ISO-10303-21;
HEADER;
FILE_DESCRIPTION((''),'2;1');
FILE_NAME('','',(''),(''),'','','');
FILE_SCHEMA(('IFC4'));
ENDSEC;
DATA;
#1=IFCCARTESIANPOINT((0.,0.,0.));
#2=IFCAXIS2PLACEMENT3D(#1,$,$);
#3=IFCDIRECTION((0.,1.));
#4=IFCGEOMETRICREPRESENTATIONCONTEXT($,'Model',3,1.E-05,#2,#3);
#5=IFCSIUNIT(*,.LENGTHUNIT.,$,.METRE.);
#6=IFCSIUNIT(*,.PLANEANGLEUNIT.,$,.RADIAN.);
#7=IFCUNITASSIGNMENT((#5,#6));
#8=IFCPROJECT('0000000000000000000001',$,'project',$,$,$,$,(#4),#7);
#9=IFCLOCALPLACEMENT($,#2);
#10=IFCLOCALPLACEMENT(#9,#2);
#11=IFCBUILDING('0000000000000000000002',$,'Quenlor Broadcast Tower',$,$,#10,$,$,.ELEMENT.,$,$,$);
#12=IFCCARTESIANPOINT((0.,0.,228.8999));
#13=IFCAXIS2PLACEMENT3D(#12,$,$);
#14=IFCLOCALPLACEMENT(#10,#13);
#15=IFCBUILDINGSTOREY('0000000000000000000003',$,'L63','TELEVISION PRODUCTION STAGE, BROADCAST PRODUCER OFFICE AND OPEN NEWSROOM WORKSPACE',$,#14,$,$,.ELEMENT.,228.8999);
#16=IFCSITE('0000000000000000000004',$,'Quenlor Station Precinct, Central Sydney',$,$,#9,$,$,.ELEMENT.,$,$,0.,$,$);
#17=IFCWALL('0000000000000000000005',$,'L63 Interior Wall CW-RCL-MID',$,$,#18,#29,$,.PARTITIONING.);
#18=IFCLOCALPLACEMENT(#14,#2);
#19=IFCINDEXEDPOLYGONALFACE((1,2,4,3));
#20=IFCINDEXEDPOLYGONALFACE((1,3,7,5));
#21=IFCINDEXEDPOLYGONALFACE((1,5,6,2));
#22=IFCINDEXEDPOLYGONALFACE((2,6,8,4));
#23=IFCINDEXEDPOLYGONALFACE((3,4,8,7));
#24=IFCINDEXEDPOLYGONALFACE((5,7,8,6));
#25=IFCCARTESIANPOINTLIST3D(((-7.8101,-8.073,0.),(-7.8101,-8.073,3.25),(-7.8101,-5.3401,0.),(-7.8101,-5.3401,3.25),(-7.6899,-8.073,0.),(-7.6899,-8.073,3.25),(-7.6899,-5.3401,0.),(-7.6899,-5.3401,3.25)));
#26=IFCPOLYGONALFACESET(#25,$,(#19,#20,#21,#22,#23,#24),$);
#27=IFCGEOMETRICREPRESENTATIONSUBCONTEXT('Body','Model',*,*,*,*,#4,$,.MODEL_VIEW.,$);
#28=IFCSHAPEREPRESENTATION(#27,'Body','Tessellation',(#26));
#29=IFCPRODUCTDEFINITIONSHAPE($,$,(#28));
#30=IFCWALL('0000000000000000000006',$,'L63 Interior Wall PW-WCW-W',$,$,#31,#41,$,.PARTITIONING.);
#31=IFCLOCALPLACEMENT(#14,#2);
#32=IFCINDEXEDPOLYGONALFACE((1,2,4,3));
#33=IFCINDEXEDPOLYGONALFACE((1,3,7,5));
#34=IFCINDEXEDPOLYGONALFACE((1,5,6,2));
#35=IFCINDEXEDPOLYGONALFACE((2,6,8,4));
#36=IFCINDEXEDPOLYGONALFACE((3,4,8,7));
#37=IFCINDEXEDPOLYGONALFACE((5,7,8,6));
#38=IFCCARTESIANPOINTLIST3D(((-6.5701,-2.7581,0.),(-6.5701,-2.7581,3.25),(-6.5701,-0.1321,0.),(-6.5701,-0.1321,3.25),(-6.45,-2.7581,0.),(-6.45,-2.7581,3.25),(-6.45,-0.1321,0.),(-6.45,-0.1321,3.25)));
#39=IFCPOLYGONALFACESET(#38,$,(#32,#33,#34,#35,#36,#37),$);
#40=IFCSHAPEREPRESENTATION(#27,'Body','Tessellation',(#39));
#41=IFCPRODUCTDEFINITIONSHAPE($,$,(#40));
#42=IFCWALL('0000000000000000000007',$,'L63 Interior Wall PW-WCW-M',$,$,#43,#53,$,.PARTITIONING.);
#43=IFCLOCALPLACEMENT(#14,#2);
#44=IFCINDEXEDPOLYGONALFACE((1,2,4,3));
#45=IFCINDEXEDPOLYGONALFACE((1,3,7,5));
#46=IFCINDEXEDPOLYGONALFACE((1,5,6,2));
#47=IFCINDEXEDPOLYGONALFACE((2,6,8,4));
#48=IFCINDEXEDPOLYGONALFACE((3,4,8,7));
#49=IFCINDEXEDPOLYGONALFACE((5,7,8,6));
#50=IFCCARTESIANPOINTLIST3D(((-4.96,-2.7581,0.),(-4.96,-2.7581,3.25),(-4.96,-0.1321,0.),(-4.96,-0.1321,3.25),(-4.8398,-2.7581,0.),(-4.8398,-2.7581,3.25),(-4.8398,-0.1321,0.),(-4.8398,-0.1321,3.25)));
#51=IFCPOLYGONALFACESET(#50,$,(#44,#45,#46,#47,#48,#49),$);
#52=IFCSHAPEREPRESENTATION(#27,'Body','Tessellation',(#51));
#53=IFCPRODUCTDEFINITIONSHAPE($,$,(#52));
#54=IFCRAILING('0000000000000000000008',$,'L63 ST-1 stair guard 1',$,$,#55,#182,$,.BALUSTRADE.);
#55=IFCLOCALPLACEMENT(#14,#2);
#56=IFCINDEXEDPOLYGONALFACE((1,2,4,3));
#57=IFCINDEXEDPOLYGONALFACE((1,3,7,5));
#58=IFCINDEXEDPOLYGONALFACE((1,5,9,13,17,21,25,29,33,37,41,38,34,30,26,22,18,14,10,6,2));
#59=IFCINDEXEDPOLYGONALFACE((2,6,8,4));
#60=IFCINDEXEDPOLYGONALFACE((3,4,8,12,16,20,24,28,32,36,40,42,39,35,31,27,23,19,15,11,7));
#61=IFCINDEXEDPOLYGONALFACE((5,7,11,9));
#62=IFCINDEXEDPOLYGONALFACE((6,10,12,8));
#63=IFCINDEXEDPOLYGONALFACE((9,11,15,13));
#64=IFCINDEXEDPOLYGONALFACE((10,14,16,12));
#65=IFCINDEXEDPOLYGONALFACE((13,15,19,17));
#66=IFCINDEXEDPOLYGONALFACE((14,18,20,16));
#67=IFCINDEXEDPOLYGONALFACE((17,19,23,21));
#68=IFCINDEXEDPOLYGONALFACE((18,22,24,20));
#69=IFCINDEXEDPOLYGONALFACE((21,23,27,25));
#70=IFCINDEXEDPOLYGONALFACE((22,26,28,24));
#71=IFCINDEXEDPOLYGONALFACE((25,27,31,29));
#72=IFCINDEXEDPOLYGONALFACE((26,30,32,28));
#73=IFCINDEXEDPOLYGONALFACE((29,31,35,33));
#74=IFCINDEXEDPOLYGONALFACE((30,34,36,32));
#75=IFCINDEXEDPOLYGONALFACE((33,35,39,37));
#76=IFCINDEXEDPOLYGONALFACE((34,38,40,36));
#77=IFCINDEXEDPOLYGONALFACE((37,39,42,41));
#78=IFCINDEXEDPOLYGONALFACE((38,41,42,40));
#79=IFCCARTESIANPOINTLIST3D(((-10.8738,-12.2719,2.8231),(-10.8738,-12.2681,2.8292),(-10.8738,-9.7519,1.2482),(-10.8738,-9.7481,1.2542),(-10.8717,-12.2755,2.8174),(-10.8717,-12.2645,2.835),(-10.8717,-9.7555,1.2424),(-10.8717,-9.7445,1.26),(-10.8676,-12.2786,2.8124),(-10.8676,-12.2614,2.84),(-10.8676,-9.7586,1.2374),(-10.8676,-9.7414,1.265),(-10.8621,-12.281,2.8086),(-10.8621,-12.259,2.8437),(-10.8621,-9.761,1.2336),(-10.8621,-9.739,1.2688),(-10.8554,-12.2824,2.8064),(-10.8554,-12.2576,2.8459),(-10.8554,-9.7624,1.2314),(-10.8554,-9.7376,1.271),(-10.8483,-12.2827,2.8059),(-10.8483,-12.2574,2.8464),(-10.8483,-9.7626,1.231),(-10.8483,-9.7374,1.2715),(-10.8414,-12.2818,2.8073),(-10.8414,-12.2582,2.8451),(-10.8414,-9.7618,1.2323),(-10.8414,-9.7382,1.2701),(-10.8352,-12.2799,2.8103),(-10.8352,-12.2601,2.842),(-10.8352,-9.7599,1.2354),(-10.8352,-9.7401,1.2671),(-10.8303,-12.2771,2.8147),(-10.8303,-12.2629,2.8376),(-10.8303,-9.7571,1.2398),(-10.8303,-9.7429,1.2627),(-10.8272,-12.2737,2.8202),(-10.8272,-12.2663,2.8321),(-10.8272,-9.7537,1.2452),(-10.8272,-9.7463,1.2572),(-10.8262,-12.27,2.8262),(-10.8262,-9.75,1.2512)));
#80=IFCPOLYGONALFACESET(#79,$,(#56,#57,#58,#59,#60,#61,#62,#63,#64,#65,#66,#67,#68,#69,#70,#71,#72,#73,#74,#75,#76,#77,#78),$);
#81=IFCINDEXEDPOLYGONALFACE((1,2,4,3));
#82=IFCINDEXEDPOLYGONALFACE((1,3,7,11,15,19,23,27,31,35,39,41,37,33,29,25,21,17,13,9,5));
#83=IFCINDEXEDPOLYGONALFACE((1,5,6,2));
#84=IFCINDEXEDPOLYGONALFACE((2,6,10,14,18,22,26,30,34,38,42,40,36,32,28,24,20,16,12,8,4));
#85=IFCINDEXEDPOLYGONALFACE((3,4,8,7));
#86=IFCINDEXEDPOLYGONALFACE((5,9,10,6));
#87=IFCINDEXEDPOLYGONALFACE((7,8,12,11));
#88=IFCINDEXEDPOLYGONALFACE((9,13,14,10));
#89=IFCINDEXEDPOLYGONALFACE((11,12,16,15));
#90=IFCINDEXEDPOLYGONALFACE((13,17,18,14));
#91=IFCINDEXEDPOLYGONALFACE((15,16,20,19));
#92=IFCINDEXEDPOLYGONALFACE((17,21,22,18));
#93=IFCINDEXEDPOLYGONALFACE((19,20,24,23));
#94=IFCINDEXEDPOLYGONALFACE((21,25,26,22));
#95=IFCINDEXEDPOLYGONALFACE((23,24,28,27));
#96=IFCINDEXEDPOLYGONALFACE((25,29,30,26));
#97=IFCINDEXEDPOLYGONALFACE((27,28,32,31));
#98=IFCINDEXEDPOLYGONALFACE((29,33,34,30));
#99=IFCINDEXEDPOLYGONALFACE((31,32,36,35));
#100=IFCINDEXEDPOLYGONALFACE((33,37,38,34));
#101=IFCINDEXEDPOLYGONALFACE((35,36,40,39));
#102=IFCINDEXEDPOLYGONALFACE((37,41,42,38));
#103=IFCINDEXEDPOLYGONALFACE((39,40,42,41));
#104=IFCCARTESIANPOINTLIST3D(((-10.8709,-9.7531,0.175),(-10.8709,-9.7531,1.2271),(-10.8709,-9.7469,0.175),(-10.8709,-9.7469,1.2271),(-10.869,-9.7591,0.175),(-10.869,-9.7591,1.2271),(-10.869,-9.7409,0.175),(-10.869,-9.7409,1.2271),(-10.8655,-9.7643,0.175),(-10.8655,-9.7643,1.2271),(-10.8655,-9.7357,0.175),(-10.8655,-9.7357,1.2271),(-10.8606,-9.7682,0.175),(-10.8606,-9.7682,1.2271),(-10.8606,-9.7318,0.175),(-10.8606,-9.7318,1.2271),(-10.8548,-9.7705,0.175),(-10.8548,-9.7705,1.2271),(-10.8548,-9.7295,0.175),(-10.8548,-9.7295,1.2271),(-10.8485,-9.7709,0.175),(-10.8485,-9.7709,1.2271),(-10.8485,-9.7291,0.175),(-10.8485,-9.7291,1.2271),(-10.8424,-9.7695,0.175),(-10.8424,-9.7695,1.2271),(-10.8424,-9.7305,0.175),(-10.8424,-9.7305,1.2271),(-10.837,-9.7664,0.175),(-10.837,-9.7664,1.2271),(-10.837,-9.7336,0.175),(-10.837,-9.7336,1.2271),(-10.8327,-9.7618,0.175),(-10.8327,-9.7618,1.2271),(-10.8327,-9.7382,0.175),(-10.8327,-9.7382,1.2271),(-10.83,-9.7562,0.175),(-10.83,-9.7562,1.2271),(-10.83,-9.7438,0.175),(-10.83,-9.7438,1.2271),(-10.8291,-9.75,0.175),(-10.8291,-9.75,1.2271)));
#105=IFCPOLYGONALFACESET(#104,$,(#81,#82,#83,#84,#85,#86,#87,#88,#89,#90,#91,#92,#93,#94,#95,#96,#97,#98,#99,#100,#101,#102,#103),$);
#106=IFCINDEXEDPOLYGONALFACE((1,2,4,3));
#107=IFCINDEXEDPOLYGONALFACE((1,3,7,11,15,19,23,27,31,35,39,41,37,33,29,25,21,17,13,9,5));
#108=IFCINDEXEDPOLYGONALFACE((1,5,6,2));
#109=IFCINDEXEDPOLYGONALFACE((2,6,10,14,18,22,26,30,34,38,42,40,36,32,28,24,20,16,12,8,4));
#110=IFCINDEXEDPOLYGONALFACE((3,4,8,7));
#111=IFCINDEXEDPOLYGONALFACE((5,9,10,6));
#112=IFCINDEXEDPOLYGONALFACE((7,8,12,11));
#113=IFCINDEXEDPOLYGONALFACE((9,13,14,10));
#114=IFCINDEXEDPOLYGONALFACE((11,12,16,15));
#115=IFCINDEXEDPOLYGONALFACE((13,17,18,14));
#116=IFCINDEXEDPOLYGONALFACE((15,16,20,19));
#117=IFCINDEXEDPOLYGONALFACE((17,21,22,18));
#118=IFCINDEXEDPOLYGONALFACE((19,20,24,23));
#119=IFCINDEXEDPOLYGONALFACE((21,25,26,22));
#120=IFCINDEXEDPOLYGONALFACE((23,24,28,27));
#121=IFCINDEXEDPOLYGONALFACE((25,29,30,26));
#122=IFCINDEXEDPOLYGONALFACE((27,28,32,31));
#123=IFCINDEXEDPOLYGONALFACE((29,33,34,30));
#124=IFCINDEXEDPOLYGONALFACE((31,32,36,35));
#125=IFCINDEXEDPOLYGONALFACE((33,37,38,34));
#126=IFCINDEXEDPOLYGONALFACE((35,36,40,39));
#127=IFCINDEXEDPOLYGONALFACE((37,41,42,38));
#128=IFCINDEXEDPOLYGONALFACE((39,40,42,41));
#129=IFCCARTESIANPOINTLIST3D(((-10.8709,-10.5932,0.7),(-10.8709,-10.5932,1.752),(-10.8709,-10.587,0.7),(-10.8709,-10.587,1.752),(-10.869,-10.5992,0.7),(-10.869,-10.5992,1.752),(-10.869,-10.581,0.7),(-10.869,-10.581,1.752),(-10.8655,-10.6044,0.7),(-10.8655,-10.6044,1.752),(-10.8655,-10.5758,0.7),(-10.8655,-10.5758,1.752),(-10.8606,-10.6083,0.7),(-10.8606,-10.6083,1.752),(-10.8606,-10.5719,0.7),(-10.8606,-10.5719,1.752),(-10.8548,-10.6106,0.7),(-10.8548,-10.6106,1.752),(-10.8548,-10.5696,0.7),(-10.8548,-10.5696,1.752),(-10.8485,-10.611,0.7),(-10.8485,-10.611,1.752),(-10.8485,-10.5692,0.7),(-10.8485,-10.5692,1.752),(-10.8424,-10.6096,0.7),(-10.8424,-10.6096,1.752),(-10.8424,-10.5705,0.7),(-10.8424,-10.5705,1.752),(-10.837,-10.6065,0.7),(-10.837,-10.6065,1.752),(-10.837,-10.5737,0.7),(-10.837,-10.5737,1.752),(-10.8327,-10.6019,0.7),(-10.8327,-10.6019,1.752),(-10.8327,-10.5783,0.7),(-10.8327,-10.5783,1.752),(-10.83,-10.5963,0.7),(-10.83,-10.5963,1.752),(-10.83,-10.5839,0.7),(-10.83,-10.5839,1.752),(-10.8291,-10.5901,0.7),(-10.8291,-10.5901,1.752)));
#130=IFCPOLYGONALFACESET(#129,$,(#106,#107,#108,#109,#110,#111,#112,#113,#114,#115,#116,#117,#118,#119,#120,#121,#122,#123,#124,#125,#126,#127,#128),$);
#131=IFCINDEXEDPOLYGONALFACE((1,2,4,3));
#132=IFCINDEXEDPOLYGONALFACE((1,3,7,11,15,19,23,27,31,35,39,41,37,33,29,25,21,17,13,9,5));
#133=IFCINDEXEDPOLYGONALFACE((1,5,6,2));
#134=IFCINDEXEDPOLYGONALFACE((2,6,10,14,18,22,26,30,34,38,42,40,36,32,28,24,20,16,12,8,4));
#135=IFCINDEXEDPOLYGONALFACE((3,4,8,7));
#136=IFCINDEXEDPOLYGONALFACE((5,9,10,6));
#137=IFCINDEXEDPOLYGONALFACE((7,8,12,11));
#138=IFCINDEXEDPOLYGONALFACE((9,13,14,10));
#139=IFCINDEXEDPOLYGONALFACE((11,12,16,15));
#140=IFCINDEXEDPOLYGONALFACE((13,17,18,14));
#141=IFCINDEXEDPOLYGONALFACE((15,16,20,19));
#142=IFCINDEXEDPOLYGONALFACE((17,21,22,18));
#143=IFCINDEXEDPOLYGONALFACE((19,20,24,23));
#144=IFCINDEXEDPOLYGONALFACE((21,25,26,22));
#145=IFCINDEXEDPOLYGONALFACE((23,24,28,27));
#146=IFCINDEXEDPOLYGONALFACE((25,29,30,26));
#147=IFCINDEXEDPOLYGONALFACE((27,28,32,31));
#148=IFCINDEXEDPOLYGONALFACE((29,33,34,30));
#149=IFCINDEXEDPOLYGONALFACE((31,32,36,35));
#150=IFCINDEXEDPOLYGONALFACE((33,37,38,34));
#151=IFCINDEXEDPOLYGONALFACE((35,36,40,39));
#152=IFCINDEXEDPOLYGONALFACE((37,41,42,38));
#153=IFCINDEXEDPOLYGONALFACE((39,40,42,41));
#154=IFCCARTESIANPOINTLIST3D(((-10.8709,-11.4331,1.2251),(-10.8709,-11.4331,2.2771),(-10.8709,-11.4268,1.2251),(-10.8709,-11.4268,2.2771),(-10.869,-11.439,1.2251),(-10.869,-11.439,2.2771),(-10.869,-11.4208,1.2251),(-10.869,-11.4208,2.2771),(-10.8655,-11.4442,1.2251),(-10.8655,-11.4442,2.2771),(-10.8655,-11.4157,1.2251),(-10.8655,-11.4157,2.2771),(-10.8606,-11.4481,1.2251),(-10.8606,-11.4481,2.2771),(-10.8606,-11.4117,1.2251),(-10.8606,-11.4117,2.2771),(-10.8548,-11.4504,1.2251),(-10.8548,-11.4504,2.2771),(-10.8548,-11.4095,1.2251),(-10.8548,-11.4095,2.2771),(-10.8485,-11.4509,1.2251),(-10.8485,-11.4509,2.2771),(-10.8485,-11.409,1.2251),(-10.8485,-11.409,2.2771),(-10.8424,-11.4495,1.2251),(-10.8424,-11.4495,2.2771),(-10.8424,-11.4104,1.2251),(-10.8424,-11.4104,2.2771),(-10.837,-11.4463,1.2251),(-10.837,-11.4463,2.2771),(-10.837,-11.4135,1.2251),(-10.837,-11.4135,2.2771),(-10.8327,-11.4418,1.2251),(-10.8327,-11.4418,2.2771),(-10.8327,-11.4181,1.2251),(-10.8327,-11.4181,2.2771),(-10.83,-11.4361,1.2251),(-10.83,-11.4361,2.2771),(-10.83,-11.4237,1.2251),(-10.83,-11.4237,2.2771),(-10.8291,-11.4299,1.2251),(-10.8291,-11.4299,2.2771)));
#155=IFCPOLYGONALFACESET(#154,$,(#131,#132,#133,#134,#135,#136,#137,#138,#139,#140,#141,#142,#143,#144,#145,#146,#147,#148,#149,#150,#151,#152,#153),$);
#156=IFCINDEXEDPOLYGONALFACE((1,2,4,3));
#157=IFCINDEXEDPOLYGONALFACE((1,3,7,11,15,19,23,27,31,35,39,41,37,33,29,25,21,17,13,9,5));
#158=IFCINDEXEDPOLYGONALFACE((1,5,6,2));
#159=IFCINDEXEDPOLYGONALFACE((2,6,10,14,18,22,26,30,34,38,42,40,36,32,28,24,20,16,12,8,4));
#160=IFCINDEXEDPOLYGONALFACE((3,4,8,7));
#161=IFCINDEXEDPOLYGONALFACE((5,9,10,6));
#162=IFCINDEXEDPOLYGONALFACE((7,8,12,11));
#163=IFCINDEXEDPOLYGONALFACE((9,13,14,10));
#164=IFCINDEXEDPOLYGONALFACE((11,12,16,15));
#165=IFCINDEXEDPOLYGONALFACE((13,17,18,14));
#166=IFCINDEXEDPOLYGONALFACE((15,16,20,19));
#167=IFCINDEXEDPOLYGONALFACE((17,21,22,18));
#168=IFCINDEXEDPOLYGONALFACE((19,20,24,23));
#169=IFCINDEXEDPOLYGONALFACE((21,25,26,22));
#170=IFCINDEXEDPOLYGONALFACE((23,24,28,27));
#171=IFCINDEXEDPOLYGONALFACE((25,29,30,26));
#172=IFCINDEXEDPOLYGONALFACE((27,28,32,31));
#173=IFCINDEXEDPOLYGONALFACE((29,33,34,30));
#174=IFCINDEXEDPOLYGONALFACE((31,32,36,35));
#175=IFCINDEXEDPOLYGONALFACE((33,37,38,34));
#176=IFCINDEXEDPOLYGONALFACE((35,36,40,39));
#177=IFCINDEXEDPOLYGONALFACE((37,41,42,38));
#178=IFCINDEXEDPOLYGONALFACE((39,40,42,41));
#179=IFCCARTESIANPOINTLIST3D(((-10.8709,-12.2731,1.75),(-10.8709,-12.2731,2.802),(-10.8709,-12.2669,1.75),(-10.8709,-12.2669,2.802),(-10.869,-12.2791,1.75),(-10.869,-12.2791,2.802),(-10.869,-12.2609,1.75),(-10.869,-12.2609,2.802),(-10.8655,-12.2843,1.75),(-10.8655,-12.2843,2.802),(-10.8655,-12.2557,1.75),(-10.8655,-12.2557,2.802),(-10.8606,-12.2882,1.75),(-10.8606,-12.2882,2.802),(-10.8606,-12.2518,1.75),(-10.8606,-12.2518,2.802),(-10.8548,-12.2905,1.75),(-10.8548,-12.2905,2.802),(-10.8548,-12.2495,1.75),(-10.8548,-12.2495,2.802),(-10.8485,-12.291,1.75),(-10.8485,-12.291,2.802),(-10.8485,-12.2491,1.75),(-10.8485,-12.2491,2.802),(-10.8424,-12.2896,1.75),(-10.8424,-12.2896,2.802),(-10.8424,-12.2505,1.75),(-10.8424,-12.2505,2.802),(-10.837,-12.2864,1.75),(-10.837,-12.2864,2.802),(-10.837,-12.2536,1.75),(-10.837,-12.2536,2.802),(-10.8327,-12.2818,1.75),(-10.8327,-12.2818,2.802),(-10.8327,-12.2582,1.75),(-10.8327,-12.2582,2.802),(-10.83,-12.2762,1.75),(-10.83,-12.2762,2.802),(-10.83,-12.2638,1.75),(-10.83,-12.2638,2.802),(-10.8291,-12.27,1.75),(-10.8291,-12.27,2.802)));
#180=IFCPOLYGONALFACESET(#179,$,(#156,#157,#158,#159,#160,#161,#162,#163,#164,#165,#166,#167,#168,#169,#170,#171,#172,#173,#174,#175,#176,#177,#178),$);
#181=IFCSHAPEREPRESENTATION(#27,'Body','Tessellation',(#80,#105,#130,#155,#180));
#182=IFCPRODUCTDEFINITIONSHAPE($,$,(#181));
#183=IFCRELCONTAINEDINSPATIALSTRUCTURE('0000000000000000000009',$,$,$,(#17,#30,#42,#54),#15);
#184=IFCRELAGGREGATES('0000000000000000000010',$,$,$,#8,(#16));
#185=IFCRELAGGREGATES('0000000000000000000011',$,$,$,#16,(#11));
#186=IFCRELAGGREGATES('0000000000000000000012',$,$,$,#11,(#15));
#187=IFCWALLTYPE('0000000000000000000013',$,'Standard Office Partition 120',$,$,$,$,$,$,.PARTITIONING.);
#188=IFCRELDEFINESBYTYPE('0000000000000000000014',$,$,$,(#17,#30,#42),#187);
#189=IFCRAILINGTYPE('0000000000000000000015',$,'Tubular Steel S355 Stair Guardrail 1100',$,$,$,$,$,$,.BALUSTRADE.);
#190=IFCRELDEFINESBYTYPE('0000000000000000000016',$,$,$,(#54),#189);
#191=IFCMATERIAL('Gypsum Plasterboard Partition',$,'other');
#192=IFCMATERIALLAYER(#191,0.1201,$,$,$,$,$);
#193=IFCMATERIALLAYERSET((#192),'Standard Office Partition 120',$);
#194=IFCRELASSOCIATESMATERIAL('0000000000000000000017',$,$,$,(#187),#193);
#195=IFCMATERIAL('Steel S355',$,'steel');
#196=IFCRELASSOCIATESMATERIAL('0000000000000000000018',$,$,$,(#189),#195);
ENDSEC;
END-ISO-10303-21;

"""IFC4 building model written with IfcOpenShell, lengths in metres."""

from ifc_helpers import new_model, si_unit, direction, frame, frame_2d, origin, origin_2d, place, context, subcontext, project, spatial, rectangle, circle, extrude, material, layer, layer_set, type_object, element, save


model = new_model("IFC4")

# Units and contexts
model_context = context("Model", 3, precision=1e-05, world=origin(), true_north=direction((0.0, 1.0)))
body_context = subcontext(model_context, "Body", "Model", "MODEL_VIEW")
ifc_project = project(units=[si_unit("LENGTHUNIT", "METRE"), si_unit("PLANEANGLEUNIT", "RADIAN")], contexts=[model_context])

# Site, building, storey
site_placement = place(None, origin())
site = spatial("IfcSite", under=ifc_project, at=site_placement, Name="Quenlor Station Precinct, Central Sydney", CompositionType="ELEMENT", RefElevation=0.0)
building_placement = place(site_placement, origin())
building = spatial("IfcBuilding", under=site, at=building_placement, Name="Quenlor Broadcast Tower", CompositionType="ELEMENT")
storey_placement = place(building_placement, frame((0.0, 0.0, 228.8999)))
storey = spatial("IfcBuildingStorey", under=building, at=storey_placement, Name="L63", Description="TELEVISION PRODUCTION STAGE, BROADCAST PRODUCER OFFICE AND OPEN NEWSROOM WORKSPACE", CompositionType="ELEMENT", Elevation=228.8999)

# Wall
ifc_material_1 = material(Name="Gypsum Plasterboard Partition", Category="other")
ifc_layer_1 = layer(ifc_material_1, 0.1201)
ifc_layer_set_1 = layer_set([ifc_layer_1], Name="Standard Office Partition 120")
wall_type_1 = type_object("IfcWallType", Name="Standard Office Partition 120", PredefinedType="PARTITIONING", material=ifc_layer_set_1)
wall_1_placement = place(storey_placement, frame((-7.75, -8.073, 0.0), z_axis=(0.0, 0.0, 1.0), x_axis=(0.0, 1.0, 0.0)))
element("IfcWall", 1, at=wall_1_placement, inside=storey, type_object=wall_type_1, Name="L63 Interior Wall CW-RCL-MID", PredefinedType="PARTITIONING", context=body_context, shape_type="SweptSolid", body=[
    extrude(rectangle(XDim=2.7329, YDim=0.1201, at=frame_2d((1.3665, 0.0))), origin(), (0.0, 0.0, 1.0), 3.25),
])

# Walls
for number, where, z_axis, x_axis, name in (
    (2, (-6.51, -2.7581, 0.0), (0.0, 0.0, 1.0), (0.0, 1.0, 0.0), "L63 Interior Wall PW-WCW-W"),
    (3, (-4.8999, -2.7581, 0.0), (0.0, 0.0, 1.0), (0.0, 1.0, 0.0), "L63 Interior Wall PW-WCW-M"),
):
    element("IfcWall", number, at=place(storey_placement, frame(where, z_axis=z_axis, x_axis=x_axis)), inside=storey, type_object=wall_type_1, Name=name, PredefinedType="PARTITIONING", context=body_context, shape_type="SweptSolid", body=[
        extrude(rectangle(XDim=2.626, YDim=0.1201, at=frame_2d((1.313, 0.0))), origin(), (0.0, 0.0, 1.0), 3.25),
    ])

# Railing
ifc_material_2 = material(Name="Steel S355", Category="steel")
railing_type = type_object("IfcRailingType", Name="Tubular Steel S355 Stair Guardrail 1100", PredefinedType="BALUSTRADE", material=ifc_material_2)
railing_1_placement = place(storey_placement, frame((-10.8501, -9.75, 0.175)))
element("IfcRailing", 4, at=railing_1_placement, inside=storey, type_object=railing_type, Name="L63 ST-1 stair guard 1", PredefinedType="BALUSTRADE", context=body_context, shape_type="SweptSolid", body=[
    extrude(circle(Radius=0.0239, at=origin_2d()), frame((0.0, 0.0, 1.0762), z_axis=(0.0, -0.848008, 0.529984), x_axis=(1.0, 0.0, 0.0)), (0.0, 0.0, 1.0), 2.9717),
    extrude(circle(Radius=0.021, at=origin_2d()), origin(), (0.0, 0.0, 1.0), 1.052),
    extrude(circle(Radius=0.021, at=origin_2d()), frame((0.0, -0.8401, 0.5249)), (0.0, 0.0, 1.0), 1.052),
    extrude(circle(Radius=0.021, at=origin_2d()), frame((0.0, -1.6799, 1.05)), (0.0, 0.0, 1.0), 1.052),
    extrude(circle(Radius=0.021, at=origin_2d()), frame((0.0, -2.52, 1.575)), (0.0, 0.0, 1.0), 1.052),
])

save(model, "model.ifc")
